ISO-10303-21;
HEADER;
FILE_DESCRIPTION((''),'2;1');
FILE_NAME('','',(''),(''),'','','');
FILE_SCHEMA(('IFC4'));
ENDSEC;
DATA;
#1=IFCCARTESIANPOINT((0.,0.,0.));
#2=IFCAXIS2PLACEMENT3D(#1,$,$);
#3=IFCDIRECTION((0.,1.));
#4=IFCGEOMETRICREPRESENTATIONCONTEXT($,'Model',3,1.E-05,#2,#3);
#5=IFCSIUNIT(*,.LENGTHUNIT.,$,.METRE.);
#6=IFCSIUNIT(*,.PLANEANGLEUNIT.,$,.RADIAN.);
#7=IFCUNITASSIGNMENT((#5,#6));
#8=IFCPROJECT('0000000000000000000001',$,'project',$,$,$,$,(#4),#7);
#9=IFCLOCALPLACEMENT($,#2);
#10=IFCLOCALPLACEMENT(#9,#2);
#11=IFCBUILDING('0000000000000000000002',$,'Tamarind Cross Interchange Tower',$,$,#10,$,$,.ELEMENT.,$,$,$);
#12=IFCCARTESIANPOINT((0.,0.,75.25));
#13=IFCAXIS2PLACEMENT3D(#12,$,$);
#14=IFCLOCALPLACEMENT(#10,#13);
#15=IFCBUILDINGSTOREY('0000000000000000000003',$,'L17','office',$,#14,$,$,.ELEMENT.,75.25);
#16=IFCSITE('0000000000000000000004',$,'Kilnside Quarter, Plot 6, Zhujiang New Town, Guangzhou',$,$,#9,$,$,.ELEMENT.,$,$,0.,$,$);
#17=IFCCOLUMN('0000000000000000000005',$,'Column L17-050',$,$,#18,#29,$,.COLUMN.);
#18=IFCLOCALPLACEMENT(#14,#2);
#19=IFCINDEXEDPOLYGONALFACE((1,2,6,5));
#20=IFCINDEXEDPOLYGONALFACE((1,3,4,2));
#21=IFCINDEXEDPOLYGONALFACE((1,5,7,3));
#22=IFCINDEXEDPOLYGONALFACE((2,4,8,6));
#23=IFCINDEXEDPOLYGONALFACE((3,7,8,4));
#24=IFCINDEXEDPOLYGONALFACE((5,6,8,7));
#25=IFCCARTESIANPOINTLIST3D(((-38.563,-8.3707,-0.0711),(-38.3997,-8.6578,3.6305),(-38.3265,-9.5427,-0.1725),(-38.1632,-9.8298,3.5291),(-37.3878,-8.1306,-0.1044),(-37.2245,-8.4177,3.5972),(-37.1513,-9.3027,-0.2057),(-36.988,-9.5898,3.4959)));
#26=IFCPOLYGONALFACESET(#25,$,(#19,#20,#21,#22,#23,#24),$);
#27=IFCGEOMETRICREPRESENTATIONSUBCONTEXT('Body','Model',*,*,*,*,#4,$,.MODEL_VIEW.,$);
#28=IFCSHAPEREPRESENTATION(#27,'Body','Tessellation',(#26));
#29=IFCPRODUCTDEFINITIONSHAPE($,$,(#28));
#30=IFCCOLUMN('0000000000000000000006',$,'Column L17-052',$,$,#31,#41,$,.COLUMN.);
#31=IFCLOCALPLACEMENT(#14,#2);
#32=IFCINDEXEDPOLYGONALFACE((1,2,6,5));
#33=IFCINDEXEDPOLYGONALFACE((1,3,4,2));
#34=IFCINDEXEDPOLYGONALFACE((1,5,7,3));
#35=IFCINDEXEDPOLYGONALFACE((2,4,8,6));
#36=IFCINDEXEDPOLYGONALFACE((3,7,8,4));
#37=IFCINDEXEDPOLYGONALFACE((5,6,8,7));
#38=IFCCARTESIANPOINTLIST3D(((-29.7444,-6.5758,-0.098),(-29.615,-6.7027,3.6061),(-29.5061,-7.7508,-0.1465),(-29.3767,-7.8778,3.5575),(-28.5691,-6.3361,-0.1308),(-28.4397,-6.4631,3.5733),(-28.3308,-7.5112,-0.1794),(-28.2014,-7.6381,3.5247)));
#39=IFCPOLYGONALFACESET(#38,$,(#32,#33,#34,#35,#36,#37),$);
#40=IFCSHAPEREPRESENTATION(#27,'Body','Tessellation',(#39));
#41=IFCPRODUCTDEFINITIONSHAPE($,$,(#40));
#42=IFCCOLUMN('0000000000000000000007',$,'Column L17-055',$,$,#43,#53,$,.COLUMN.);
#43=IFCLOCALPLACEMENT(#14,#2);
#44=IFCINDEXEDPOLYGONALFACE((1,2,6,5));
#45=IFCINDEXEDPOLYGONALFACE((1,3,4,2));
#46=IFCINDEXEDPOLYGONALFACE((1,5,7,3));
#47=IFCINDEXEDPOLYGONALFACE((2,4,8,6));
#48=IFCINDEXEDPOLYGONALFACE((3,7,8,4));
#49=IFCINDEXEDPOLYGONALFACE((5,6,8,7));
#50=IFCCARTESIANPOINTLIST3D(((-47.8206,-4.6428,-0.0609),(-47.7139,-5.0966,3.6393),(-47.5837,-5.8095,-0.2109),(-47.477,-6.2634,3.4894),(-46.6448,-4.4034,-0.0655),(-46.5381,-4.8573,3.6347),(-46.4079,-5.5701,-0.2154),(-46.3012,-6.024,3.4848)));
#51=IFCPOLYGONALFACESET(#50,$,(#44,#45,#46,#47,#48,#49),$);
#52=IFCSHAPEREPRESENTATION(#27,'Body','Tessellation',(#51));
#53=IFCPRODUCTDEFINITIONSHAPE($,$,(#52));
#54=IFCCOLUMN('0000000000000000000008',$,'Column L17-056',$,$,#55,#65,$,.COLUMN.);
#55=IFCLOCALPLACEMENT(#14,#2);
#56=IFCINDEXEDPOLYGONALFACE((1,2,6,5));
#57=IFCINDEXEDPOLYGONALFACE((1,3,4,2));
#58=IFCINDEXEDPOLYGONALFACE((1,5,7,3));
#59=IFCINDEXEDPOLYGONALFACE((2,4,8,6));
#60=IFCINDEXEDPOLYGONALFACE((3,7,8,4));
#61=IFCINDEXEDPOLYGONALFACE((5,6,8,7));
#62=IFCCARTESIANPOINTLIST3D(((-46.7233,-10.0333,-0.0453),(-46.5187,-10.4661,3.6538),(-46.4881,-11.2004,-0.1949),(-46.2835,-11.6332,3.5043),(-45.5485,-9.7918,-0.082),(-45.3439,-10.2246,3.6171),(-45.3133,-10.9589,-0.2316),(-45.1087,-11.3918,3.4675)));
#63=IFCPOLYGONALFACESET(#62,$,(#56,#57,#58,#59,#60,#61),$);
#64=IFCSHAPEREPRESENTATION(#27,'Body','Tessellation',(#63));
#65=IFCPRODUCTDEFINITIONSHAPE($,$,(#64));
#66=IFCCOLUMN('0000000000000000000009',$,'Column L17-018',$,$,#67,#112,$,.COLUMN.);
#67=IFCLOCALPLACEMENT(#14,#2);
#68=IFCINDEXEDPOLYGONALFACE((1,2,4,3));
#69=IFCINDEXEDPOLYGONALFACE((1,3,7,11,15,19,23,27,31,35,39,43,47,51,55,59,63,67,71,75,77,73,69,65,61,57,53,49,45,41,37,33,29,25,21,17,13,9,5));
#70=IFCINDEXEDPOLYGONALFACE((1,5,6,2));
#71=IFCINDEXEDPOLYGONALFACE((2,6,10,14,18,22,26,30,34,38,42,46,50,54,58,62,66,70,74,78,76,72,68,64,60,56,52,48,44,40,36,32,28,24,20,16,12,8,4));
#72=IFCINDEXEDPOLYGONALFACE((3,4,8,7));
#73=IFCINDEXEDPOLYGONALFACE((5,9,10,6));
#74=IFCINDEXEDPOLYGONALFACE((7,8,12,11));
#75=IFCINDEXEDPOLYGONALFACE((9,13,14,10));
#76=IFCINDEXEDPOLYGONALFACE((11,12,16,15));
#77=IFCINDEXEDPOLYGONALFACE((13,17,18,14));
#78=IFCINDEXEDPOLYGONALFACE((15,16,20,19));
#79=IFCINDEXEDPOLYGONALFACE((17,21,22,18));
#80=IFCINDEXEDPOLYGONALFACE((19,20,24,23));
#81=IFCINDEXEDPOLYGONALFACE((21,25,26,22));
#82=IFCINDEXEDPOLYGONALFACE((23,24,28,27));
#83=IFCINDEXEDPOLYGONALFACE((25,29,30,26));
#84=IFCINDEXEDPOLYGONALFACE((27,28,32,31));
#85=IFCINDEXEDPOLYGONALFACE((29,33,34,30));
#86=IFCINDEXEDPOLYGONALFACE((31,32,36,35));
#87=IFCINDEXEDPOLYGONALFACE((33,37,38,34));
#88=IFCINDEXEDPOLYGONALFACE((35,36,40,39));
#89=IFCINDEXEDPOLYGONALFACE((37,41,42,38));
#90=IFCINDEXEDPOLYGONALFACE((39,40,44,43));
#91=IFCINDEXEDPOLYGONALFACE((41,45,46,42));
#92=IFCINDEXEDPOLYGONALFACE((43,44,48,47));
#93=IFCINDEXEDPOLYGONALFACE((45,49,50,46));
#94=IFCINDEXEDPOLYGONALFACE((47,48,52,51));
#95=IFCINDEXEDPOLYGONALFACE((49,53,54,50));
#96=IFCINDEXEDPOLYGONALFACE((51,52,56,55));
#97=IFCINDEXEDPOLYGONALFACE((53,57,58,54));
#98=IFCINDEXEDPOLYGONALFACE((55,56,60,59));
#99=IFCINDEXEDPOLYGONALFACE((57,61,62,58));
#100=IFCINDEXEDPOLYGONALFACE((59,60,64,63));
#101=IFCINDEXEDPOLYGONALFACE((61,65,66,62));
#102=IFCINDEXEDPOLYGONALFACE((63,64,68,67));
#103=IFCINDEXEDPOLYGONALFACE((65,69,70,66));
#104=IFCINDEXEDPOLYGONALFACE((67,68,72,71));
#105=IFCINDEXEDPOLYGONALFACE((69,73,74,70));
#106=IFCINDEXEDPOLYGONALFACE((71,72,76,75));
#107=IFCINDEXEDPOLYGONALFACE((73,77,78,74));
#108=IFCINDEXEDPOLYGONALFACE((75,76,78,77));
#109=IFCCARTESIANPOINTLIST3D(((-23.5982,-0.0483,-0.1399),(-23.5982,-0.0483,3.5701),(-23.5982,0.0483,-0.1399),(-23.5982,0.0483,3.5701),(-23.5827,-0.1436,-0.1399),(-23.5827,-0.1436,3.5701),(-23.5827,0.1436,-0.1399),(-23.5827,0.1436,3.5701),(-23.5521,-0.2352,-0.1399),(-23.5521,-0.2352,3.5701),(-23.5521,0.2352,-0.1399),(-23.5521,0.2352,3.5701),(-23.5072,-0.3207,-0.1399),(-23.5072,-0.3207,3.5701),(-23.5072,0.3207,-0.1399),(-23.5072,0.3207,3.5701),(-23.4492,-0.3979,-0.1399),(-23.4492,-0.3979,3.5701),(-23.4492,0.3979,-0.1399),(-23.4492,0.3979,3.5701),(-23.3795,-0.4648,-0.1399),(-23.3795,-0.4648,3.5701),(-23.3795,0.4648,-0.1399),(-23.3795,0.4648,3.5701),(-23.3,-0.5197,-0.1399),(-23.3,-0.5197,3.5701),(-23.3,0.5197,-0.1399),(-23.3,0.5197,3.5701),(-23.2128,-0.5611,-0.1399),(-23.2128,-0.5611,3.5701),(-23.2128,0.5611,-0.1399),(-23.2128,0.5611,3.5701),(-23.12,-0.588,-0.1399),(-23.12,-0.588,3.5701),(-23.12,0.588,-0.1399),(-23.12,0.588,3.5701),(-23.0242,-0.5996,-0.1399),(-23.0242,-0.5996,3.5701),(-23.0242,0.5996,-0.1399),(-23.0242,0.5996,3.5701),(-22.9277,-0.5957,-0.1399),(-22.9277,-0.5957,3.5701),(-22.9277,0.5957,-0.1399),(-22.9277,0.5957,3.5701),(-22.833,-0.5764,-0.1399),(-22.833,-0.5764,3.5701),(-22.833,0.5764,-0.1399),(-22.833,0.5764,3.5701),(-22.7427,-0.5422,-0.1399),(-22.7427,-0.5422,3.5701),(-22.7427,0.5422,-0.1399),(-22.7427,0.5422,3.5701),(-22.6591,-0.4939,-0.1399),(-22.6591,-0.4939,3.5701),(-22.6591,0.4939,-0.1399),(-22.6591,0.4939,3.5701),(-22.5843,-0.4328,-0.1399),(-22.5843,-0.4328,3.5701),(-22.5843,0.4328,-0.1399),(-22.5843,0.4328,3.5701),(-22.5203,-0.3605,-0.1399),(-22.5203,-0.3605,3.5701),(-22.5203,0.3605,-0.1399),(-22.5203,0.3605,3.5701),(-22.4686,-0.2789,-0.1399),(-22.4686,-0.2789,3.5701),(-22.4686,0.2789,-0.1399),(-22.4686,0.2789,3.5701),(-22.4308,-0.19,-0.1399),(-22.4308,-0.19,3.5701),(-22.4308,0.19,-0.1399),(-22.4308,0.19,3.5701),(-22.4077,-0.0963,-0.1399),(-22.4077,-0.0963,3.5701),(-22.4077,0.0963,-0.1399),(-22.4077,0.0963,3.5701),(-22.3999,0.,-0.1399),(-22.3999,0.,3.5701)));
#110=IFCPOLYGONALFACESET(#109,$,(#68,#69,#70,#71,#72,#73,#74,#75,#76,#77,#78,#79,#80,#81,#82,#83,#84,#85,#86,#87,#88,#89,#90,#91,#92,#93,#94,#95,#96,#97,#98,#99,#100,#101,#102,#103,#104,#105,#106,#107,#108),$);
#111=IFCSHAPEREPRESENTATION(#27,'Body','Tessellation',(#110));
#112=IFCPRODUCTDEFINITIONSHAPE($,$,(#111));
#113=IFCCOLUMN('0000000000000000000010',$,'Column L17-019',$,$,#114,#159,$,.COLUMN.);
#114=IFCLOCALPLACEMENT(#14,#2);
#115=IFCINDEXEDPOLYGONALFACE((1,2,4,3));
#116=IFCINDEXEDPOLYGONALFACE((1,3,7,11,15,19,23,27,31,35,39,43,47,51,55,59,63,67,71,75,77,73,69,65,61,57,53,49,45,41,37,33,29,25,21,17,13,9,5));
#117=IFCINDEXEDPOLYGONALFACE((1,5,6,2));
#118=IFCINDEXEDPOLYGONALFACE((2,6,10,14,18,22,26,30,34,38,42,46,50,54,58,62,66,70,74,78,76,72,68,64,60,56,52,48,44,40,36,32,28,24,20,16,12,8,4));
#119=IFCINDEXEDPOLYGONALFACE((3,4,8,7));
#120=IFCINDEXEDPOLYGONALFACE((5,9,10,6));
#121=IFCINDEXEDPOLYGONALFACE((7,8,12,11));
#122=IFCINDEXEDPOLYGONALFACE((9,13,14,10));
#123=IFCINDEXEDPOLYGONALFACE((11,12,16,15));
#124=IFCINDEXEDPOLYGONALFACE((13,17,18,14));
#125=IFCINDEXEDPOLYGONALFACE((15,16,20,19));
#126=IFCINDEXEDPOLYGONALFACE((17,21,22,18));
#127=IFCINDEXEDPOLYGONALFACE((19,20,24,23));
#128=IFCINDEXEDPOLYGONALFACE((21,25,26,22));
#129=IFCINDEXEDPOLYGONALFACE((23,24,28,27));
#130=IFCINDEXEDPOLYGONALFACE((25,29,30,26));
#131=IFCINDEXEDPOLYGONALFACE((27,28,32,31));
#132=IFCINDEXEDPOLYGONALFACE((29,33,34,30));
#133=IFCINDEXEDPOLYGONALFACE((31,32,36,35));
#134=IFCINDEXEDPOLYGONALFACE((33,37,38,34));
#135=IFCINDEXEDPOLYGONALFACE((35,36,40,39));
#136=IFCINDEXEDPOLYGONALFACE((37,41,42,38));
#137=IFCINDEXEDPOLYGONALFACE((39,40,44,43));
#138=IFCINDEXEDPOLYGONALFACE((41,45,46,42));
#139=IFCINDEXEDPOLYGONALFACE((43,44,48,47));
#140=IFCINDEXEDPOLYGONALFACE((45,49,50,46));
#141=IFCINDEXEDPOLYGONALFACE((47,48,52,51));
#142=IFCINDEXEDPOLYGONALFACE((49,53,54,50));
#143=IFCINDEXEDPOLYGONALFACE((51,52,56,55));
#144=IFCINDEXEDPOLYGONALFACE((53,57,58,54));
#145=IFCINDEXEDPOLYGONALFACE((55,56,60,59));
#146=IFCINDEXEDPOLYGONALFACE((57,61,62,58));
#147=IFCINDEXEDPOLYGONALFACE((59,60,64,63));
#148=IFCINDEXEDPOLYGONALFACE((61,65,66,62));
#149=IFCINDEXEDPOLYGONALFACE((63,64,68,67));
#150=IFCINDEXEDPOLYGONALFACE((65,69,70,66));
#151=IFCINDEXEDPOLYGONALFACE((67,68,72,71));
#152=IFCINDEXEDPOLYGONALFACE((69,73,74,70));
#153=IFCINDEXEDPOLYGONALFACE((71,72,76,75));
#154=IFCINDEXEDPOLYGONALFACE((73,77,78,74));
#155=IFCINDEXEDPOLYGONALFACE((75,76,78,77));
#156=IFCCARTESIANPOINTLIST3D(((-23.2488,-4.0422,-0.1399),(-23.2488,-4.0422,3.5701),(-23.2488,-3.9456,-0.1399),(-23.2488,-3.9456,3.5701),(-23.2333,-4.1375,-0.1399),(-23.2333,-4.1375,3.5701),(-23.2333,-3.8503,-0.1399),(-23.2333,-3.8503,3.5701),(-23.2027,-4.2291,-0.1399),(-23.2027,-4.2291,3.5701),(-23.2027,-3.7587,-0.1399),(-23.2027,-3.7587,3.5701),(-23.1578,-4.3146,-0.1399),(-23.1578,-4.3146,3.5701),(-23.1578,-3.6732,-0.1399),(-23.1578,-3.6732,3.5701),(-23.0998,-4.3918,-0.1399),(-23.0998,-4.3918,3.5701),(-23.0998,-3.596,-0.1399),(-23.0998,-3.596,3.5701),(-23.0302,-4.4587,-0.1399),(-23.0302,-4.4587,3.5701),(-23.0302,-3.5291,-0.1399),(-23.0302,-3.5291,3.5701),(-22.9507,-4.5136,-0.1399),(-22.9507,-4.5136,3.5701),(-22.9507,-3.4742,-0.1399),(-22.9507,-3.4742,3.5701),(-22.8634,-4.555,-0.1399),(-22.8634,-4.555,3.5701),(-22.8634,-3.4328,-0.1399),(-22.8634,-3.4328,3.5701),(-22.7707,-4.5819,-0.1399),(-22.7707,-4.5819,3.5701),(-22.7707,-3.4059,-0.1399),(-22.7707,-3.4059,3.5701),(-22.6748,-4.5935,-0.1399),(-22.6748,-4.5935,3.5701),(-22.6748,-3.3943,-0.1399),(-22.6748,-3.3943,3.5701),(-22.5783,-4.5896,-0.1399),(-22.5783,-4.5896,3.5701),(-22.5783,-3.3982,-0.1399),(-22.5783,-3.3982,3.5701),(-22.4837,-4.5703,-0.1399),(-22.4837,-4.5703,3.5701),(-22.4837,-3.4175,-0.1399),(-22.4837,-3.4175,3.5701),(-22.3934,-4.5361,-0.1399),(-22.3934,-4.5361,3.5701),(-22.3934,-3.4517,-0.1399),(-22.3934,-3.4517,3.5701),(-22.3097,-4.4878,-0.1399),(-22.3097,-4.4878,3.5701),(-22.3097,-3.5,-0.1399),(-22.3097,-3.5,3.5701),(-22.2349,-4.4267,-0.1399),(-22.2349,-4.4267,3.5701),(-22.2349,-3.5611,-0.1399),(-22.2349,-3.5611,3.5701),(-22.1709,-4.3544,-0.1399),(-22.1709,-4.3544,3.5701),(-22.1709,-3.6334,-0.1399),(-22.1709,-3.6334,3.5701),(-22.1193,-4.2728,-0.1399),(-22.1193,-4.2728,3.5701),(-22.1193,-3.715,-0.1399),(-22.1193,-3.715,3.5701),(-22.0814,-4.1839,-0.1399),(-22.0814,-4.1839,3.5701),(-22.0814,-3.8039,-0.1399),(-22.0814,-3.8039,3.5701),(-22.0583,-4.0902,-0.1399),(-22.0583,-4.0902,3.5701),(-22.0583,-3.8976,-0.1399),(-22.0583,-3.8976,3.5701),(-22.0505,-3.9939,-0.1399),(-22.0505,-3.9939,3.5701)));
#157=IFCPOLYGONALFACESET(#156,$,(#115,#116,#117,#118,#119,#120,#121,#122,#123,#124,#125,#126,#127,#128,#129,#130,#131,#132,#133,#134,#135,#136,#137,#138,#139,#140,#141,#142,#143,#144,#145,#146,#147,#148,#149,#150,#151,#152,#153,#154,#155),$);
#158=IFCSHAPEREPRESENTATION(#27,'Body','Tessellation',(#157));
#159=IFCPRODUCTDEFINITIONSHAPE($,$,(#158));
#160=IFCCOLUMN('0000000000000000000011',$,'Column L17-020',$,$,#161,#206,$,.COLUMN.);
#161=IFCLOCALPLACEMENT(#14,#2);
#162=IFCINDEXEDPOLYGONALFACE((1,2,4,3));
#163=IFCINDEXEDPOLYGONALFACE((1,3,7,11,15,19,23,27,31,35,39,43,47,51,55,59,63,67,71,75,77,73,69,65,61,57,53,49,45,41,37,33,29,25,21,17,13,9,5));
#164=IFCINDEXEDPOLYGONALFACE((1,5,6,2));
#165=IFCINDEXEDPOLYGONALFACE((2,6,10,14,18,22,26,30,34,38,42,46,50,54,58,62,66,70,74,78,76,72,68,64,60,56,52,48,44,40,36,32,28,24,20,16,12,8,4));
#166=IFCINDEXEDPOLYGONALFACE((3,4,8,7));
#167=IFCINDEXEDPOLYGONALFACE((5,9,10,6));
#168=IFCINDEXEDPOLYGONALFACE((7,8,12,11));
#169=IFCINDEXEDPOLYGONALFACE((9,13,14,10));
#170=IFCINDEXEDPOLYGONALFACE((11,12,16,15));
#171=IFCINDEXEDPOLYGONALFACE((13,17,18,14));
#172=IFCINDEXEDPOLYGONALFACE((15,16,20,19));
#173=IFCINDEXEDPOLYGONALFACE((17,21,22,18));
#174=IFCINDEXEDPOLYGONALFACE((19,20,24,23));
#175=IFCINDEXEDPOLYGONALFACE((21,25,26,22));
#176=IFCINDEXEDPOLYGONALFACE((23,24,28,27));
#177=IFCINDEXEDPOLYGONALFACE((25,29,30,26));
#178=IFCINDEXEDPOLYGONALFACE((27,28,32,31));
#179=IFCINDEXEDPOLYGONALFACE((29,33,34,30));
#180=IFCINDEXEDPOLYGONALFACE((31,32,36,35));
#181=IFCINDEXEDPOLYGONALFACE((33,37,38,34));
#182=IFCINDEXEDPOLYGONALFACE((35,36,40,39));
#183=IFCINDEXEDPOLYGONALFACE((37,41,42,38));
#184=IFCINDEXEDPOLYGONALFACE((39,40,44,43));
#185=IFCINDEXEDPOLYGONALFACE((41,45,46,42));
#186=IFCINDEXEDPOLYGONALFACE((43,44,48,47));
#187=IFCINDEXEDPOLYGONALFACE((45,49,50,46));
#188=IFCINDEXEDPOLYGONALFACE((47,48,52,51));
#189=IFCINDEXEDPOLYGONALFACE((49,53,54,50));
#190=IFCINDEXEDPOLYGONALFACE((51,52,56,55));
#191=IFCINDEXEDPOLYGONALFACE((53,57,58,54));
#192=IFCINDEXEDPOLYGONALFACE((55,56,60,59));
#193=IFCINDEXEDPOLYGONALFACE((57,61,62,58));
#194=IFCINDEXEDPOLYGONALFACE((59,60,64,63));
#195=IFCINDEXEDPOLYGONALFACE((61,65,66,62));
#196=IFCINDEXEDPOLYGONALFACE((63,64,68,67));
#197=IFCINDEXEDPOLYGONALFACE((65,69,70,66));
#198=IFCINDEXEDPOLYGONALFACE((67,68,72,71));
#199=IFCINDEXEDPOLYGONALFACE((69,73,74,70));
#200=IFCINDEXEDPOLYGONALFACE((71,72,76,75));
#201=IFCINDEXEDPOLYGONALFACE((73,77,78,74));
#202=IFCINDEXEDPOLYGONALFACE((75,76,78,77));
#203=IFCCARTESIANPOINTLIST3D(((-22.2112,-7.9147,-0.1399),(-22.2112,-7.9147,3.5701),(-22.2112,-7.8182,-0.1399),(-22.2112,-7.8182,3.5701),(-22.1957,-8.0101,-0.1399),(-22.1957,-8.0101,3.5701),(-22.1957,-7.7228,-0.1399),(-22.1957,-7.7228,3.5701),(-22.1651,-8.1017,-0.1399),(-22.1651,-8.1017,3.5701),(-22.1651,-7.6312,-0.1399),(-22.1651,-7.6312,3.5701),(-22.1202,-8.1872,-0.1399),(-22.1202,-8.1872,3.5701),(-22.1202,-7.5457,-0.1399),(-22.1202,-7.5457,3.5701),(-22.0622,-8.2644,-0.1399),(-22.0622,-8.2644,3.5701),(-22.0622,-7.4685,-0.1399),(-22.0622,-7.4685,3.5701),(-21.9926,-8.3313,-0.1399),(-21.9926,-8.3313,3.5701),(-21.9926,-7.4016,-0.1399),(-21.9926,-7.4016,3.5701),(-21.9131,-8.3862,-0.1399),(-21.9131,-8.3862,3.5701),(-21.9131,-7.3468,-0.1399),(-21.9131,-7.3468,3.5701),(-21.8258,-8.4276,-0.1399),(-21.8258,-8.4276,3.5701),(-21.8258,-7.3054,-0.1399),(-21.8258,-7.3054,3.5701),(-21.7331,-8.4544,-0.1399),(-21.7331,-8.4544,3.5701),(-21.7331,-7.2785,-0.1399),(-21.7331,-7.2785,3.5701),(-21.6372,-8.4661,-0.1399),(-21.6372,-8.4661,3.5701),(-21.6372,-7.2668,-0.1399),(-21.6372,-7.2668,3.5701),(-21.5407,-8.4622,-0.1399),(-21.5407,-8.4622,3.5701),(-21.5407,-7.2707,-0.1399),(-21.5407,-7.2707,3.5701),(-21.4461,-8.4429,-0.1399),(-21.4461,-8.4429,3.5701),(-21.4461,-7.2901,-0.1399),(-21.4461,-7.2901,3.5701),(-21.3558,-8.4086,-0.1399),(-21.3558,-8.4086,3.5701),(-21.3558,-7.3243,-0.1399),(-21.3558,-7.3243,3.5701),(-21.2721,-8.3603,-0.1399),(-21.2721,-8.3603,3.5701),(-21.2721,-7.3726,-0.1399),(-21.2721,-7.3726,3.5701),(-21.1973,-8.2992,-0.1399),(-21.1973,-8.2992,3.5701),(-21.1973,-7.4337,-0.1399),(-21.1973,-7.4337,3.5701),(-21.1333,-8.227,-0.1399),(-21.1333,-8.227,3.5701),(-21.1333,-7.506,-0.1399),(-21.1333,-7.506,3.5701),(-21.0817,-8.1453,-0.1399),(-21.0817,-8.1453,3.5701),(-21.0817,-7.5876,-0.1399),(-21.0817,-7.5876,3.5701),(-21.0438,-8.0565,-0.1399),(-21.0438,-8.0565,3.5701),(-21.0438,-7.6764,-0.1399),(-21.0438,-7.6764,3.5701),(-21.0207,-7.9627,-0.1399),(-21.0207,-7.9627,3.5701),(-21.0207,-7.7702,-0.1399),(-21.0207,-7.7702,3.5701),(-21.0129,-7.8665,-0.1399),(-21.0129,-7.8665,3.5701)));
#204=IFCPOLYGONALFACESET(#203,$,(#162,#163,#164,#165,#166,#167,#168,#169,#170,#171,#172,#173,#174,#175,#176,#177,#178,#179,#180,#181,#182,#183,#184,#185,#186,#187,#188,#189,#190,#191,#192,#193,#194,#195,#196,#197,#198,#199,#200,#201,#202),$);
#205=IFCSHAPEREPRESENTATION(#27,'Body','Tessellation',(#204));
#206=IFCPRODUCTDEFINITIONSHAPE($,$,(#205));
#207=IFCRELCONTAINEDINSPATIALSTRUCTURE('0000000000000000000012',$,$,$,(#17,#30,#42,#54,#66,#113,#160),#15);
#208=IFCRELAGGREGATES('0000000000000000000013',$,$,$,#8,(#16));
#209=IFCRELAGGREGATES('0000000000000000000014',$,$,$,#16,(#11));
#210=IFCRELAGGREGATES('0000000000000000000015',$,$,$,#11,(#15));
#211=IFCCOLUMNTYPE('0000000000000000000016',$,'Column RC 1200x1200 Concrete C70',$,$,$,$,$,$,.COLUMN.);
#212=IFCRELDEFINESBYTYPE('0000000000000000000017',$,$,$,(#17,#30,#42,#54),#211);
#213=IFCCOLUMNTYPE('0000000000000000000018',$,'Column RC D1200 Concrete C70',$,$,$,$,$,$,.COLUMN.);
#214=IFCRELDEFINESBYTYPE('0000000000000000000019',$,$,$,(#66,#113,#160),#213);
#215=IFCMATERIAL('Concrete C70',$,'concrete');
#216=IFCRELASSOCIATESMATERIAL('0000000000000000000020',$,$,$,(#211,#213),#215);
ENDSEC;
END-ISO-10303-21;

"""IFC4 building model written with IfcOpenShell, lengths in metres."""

from ifc_helpers import new_model, si_unit, direction, frame, origin, origin_2d, place, context, subcontext, project, spatial, rectangle, circle, extrude, material, material_profile, profile_set, type_object, element, save


model = new_model("IFC4")

# Units and contexts
model_context = context("Model", 3, precision=1e-05, world=origin(), true_north=direction((0.0, 1.0)))
body_context = subcontext(model_context, "Body", "Model", "MODEL_VIEW")
ifc_project = project(units=[si_unit("LENGTHUNIT", "METRE"), si_unit("PLANEANGLEUNIT", "RADIAN")], contexts=[model_context])

# Site, building, storey
site_placement = place(None, origin())
site = spatial("IfcSite", under=ifc_project, at=site_placement, Name="Kilnside Quarter, Plot 6, Zhujiang New Town, Guangzhou", CompositionType="ELEMENT", RefElevation=0.0)
building_placement = place(site_placement, origin())
building = spatial("IfcBuilding", under=site, at=building_placement, Name="Tamarind Cross Interchange Tower", CompositionType="ELEMENT")
storey_placement = place(building_placement, frame((0.0, 0.0, 75.25)))
storey = spatial("IfcBuildingStorey", under=building, at=storey_placement, Name="L17", Description="office", CompositionType="ELEMENT", Elevation=75.25)

# Columns
ifc_material_1 = material(Name="Concrete C70", Category="concrete")
ifc_material_profile_1 = material_profile(ifc_material_1, rectangle(XDim=1.2, YDim=1.2, at=origin_2d()), Name="RC 1200x1200")
ifc_profile_set_1 = profile_set([ifc_material_profile_1], Name="Concrete C70")
column_type_1 = type_object("IfcColumnType", Name="Column RC 1200x1200 Concrete C70", PredefinedType="COLUMN", material=ifc_profile_set_1)
column_1_placement = place(storey_placement, frame((-37.8572, -8.8367, -0.1384), z_axis=(0.043949, -0.077255, 0.996042), x_axis=(-0.197093, 0.97674, 0.084455)))
element("IfcColumn", 1, at=column_1_placement, inside=storey, type_object=column_type_1, Name="Column L17-050", PredefinedType="COLUMN", context=body_context, shape_type="SweptSolid", body=[
    extrude(rectangle(XDim=1.2, YDim=1.2, at=origin_2d()), origin(), (0.0, 0.0, 1.0), 3.7163),
])
column_2_placement = place(storey_placement, frame((-29.0376, -7.0435, -0.1387), z_axis=(0.034891, -0.034233, 0.998805), x_axis=(-0.198538, 0.979256, 0.040498)))
element("IfcColumn", 2, at=column_2_placement, inside=storey, type_object=column_type_1, Name="Column L17-052", PredefinedType="COLUMN", context=body_context, shape_type="SweptSolid", body=[
    extrude(rectangle(XDim=1.2, YDim=1.2, at=origin_2d()), origin(), (0.0, 0.0, 1.0), 3.7085),
])
column_3_placement = place(storey_placement, frame((-47.1143, -5.1064, -0.1382), z_axis=(0.028607, -0.121695, 0.992155), x_axis=(-0.197441, 0.972318, 0.124955)))
element("IfcColumn", 3, at=column_3_placement, inside=storey, type_object=column_type_1, Name="Column L17-055", PredefinedType="COLUMN", context=body_context, shape_type="SweptSolid", body=[
    extrude(rectangle(XDim=1.2, YDim=1.2, at=origin_2d()), origin(), (0.0, 0.0, 1.0), 3.7295),
])
column_4_placement = place(storey_placement, frame((-46.0183, -10.4961, -0.1384), z_axis=(0.054849, -0.116046, 0.991728), x_axis=(-0.196022, 0.972644, 0.124654)))
element("IfcColumn", 4, at=column_4_placement, inside=storey, type_object=column_type_1, Name="Column L17-056", PredefinedType="COLUMN", context=body_context, shape_type="SweptSolid", body=[
    extrude(rectangle(XDim=1.2, YDim=1.2, at=origin_2d()), origin(), (0.0, 0.0, 1.0), 3.73),
])
ifc_material_profile_2 = material_profile(ifc_material_1, circle(Radius=0.6001, at=origin_2d()), Name="RC D1200")
ifc_profile_set_2 = profile_set([ifc_material_profile_2], Name="Concrete C70")
column_type_2 = type_object("IfcColumnType", Name="Column RC D1200 Concrete C70", PredefinedType="COLUMN", material=ifc_profile_set_2)
for number, where, z_axis, x_axis, name in (
    (5, (-23.0, 0.0, -0.1399), (0.0, 0.0, 1.0), (1.0, 0.0, 0.0), "Column L17-018"),
    (6, (-22.6506, -3.9939, -0.1399), (0.0, 0.0, 1.0), (1.0, 0.0, 0.0), "Column L17-019"),
    (7, (-21.613, -7.8665, -0.1399), (0.0, 0.0, 1.0), (1.0, 0.0, 0.0), "Column L17-020"),
):
    element("IfcColumn", number, at=place(storey_placement, frame(where, z_axis=z_axis, x_axis=x_axis)), inside=storey, type_object=column_type_2, Name=name, PredefinedType="COLUMN", context=body_context, shape_type="SweptSolid", body=[
        extrude(circle(Radius=0.6001, at=origin_2d()), origin(), (0.0, 0.0, 1.0), 3.71),
    ])

save(model, "model.ifc")
